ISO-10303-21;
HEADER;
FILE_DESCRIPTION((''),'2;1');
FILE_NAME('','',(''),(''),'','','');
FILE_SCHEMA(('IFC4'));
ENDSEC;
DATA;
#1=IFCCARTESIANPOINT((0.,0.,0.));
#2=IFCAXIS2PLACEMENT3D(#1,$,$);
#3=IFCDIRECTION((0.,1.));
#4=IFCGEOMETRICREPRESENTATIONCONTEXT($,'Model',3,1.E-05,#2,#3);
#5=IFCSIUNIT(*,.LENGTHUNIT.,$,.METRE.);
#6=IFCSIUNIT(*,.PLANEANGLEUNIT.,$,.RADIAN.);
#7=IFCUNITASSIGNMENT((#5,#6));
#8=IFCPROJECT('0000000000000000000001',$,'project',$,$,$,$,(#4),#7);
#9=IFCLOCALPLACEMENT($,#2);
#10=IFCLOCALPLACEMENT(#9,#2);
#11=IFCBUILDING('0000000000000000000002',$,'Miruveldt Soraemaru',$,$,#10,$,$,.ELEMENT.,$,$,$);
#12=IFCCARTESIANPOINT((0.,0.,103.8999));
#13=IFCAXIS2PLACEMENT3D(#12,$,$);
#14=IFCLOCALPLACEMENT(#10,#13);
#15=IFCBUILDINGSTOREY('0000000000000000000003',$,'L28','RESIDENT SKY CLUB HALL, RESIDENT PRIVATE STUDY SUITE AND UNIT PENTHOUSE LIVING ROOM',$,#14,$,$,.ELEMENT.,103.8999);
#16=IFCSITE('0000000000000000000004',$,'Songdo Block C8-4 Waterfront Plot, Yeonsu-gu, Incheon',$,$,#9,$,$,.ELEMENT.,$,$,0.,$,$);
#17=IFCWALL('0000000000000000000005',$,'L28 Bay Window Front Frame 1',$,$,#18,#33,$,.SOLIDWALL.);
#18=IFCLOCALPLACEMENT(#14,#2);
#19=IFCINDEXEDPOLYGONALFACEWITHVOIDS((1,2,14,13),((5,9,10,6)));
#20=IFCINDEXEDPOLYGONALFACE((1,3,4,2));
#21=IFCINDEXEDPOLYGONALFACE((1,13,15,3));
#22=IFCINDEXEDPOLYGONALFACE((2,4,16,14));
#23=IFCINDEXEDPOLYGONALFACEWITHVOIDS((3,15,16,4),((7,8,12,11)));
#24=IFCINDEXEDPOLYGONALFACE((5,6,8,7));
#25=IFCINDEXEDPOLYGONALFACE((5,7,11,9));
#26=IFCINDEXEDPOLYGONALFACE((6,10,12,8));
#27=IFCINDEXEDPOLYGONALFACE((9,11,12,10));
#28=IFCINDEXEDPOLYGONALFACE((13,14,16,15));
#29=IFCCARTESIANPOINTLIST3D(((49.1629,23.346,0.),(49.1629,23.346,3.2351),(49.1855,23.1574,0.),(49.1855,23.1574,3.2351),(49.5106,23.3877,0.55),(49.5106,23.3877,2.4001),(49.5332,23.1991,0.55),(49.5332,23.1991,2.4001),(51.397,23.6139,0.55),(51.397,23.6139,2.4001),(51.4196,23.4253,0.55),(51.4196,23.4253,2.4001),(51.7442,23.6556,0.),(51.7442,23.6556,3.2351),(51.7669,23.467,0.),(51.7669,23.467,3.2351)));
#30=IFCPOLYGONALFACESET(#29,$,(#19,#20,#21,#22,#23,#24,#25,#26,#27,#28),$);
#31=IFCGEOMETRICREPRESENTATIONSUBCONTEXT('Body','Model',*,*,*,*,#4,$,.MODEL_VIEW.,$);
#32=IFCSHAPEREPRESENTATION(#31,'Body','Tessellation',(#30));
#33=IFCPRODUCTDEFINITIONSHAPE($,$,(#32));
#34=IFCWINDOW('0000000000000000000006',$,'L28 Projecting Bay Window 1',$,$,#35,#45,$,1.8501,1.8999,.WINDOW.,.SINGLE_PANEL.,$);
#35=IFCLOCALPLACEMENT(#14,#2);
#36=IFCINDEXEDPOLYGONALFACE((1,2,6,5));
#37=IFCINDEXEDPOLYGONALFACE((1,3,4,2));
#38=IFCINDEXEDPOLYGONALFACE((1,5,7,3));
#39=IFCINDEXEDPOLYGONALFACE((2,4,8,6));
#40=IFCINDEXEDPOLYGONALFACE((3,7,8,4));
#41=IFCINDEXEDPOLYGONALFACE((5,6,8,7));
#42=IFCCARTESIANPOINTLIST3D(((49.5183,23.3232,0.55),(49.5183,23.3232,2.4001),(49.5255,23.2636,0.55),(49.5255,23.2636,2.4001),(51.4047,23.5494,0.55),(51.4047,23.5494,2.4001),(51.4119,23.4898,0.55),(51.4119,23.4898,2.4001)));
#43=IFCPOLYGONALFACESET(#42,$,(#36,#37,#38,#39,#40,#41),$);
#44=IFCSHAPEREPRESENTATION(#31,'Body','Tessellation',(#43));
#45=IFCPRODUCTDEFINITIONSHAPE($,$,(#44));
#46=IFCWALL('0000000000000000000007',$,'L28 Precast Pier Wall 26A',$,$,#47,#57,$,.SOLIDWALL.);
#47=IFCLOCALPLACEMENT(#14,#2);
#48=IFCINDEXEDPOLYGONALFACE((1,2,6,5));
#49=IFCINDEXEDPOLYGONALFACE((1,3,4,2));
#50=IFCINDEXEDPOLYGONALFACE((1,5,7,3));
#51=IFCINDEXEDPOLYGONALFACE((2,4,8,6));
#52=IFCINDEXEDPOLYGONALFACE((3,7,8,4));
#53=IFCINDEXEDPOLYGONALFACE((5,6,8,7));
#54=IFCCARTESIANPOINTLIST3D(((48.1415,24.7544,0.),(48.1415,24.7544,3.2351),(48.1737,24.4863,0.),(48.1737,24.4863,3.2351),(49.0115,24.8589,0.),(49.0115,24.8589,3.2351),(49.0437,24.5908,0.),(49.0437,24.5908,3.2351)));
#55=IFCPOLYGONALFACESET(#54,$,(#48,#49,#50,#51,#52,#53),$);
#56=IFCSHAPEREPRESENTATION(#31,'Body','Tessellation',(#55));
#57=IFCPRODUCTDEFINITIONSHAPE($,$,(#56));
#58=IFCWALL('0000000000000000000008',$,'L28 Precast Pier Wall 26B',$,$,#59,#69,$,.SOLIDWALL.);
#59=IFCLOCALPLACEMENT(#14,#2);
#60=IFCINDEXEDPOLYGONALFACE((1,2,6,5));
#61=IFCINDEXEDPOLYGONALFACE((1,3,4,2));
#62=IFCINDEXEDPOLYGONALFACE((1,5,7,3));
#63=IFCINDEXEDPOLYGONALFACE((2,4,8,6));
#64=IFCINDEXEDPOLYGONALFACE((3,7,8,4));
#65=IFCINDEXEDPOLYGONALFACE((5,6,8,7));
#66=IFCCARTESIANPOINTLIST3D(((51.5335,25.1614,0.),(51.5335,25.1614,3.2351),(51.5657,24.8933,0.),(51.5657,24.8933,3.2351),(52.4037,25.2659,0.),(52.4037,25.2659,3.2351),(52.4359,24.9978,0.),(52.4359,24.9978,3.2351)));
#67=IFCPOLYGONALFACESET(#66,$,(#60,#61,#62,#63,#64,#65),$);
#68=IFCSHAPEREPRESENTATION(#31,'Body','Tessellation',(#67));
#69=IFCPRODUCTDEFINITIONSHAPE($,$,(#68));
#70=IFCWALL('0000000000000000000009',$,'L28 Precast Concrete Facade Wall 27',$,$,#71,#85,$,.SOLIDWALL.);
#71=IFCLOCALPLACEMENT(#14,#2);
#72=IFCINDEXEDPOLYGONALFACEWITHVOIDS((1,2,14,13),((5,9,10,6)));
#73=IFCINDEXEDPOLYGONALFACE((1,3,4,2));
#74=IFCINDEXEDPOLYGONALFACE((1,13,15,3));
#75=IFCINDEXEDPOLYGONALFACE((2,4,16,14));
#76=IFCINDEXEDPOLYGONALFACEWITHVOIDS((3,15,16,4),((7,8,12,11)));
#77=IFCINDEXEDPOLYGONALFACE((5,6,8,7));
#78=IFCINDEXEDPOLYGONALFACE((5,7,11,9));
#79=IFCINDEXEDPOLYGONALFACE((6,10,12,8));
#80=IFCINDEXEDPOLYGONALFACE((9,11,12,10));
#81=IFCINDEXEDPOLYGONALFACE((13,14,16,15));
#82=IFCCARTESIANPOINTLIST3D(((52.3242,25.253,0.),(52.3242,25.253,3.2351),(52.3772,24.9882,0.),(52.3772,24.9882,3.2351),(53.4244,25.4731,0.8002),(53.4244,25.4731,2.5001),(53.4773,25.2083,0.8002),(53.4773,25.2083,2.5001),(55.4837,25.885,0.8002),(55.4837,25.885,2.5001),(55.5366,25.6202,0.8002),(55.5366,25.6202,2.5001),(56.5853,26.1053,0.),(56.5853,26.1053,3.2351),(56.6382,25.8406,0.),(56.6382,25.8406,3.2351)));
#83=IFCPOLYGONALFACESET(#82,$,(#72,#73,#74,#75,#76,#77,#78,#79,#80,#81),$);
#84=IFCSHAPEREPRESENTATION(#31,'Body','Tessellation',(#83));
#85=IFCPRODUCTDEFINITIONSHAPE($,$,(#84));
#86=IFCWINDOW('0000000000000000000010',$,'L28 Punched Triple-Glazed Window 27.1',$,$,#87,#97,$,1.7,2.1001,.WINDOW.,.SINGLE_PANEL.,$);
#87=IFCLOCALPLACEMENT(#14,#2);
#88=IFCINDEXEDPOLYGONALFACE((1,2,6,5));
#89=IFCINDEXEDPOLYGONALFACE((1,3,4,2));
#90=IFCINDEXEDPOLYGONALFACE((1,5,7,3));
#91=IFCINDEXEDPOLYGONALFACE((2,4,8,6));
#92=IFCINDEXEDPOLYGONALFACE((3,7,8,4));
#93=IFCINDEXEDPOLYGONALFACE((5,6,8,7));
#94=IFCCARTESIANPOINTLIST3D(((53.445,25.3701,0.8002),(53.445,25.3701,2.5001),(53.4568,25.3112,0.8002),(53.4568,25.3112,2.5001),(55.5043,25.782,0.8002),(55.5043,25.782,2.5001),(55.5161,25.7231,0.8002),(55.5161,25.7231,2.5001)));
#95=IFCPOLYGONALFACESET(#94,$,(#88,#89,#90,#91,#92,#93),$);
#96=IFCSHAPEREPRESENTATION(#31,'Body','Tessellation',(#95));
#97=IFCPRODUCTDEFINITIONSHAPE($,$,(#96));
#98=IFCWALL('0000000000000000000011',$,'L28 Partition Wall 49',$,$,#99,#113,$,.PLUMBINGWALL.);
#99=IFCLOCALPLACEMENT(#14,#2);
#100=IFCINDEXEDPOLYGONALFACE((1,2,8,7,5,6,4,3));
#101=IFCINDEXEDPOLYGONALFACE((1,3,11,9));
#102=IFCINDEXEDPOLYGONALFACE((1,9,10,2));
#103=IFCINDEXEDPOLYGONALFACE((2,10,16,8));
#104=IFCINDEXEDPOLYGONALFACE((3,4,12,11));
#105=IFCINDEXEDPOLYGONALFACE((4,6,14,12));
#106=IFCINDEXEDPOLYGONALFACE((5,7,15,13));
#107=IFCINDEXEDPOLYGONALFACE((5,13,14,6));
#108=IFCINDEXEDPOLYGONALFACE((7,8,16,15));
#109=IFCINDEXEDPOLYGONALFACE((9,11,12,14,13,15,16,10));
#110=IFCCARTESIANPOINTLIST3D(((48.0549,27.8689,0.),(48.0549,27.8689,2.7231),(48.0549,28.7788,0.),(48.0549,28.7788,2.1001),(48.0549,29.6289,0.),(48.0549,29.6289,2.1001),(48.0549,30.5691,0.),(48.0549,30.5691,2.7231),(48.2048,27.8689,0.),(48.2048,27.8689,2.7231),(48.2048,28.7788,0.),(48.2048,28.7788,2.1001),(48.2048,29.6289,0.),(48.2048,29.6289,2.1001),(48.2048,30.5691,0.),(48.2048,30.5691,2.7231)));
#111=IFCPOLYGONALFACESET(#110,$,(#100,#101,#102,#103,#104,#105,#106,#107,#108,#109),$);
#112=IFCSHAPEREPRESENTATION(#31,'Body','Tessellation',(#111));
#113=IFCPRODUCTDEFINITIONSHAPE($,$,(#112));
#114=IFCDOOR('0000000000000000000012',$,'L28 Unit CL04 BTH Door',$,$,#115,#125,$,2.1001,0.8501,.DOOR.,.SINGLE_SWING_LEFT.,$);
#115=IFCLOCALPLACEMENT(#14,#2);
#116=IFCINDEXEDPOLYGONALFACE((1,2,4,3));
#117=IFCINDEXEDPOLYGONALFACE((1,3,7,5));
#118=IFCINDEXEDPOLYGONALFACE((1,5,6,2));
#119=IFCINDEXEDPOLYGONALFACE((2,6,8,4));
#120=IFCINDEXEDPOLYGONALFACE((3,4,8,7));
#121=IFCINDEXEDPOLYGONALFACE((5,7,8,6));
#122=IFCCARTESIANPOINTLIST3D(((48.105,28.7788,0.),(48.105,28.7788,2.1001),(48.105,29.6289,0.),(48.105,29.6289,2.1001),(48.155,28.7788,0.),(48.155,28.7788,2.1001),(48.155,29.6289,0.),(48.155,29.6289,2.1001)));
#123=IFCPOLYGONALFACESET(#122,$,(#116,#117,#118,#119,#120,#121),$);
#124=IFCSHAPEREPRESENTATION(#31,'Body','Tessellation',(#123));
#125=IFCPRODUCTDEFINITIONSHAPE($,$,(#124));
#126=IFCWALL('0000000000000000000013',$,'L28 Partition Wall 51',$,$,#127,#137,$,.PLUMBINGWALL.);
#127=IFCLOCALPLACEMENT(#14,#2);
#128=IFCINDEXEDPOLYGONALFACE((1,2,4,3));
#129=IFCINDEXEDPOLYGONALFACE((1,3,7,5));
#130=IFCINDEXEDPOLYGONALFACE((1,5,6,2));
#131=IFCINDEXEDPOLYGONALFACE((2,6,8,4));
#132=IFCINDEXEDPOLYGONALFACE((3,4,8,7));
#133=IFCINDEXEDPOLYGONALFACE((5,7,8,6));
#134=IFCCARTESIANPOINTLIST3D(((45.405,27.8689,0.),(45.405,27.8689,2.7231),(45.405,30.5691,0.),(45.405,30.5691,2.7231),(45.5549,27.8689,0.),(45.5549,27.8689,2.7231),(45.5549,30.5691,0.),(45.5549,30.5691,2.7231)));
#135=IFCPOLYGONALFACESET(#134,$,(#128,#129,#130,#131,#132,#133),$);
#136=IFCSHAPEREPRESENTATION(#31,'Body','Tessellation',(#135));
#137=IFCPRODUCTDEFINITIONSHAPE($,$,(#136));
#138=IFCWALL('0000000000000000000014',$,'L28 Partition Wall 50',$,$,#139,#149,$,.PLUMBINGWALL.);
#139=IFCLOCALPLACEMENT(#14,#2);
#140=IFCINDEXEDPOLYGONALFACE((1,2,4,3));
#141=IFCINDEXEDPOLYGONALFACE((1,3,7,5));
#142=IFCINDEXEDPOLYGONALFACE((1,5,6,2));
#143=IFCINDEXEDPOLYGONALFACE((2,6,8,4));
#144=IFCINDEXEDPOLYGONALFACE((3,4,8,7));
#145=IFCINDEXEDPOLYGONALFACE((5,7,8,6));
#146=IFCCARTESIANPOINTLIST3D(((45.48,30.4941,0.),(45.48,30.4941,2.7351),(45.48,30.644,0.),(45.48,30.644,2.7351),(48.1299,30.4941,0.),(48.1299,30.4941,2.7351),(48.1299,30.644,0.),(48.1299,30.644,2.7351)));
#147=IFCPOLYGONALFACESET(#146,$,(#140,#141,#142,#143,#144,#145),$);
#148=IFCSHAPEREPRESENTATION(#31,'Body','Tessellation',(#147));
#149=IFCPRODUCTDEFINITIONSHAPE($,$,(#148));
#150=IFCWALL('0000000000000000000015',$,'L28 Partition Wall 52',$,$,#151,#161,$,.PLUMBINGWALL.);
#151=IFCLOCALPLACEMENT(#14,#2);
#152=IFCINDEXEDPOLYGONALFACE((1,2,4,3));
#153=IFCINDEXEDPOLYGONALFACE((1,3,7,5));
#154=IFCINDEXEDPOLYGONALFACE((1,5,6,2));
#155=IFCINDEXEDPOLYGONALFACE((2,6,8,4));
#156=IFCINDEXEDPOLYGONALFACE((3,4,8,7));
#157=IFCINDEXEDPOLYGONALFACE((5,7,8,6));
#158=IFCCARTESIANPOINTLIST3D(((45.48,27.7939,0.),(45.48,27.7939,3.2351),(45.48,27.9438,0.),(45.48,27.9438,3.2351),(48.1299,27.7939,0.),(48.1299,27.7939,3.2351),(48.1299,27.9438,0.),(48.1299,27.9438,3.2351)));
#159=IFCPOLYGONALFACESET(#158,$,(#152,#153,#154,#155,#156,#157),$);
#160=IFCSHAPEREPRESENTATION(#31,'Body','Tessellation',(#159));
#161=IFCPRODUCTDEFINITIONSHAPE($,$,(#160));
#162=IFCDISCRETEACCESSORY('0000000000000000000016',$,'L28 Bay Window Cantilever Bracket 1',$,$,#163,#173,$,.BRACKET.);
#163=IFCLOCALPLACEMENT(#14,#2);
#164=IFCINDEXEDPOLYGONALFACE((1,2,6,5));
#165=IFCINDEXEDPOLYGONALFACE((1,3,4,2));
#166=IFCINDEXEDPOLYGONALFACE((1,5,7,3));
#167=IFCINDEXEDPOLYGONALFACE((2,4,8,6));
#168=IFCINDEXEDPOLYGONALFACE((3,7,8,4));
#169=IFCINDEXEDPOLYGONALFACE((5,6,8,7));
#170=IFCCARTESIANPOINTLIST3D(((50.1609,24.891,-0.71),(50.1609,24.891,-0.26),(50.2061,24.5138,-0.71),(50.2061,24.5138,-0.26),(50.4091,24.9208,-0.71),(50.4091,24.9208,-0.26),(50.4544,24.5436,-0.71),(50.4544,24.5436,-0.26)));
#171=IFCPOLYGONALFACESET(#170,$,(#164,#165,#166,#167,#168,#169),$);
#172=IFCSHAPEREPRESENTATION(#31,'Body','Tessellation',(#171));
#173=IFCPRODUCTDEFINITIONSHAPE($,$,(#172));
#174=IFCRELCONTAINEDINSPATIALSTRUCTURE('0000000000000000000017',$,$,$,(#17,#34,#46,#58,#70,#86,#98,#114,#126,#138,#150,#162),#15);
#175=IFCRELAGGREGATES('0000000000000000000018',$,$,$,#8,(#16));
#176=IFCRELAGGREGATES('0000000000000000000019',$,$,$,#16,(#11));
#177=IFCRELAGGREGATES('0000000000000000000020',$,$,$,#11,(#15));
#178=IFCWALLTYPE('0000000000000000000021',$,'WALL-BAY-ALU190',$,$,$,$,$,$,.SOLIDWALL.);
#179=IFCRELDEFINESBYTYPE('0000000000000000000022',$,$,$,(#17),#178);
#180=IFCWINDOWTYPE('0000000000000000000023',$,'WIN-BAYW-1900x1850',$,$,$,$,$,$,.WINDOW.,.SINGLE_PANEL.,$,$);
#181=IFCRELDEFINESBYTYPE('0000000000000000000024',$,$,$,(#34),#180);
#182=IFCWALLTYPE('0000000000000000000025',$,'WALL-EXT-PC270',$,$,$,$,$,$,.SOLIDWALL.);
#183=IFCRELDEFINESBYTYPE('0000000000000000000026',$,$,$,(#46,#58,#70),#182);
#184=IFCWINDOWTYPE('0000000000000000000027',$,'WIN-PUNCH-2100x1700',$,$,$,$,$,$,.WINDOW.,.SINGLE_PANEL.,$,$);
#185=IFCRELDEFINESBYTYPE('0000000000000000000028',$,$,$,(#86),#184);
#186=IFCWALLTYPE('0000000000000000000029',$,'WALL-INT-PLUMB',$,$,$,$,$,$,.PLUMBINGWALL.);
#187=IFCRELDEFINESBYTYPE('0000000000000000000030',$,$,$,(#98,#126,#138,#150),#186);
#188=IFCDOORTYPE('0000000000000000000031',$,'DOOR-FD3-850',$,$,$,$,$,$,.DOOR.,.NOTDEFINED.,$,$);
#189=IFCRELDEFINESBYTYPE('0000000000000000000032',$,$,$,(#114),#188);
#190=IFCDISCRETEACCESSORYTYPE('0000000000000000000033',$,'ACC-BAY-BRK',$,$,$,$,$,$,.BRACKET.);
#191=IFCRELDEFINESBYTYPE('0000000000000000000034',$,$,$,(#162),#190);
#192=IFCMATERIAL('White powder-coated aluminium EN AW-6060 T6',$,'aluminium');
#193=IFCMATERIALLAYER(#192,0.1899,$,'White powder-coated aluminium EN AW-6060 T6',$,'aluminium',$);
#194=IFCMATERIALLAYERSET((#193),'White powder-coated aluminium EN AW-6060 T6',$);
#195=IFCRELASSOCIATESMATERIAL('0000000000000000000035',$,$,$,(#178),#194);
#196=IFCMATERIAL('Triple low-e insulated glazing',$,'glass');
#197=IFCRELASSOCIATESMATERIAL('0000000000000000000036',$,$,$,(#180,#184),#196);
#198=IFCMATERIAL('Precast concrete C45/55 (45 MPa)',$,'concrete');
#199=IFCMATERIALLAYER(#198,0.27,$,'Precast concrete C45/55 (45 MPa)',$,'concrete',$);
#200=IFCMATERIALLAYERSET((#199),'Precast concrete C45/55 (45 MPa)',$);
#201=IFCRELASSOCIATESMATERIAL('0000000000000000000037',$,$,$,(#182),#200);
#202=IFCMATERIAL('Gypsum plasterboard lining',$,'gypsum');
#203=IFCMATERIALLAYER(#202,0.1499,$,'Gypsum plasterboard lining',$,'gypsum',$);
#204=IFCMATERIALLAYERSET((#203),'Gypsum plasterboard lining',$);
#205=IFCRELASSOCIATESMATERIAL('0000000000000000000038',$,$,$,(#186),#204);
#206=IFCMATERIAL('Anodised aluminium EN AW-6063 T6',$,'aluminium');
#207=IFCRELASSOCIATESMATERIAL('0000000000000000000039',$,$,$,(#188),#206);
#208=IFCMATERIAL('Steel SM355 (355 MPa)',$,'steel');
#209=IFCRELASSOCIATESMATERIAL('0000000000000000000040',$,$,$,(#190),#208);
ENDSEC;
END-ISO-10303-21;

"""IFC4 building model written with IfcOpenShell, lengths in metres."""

from ifc_helpers import new_model, si_unit, direction, frame, frame_2d, origin, origin_2d, place, context, subcontext, project, spatial, rectangle, extrude, material, layer, layer_set, type_object, element, fill, save


model = new_model("IFC4")

# Units and contexts
model_context = context("Model", 3, precision=1e-05, world=origin(), true_north=direction((0.0, 1.0)))
body_context = subcontext(model_context, "Body", "Model", "MODEL_VIEW")
ifc_project = project(units=[si_unit("LENGTHUNIT", "METRE"), si_unit("PLANEANGLEUNIT", "RADIAN")], contexts=[model_context])

# Site, building, storey
site_placement = place(None, origin())
site = spatial("IfcSite", under=ifc_project, at=site_placement, Name="Songdo Block C8-4 Waterfront Plot, Yeonsu-gu, Incheon", CompositionType="ELEMENT", RefElevation=0.0)
building_placement = place(site_placement, origin())
building = spatial("IfcBuilding", under=site, at=building_placement, Name="Miruveldt Soraemaru", CompositionType="ELEMENT")
storey_placement = place(building_placement, frame((0.0, 0.0, 103.8999)))
storey = spatial("IfcBuildingStorey", under=building, at=storey_placement, Name="L28", Description="RESIDENT SKY CLUB HALL, RESIDENT PRIVATE STUDY SUITE AND UNIT PENTHOUSE LIVING ROOM", CompositionType="ELEMENT", Elevation=103.8999)

# Shared definitions
ifc_material_1 = material(Name="Steel SM355 (355 MPa)", Category="steel")

# Shared definitions
ifc_material_2 = material(Name="White powder-coated aluminium EN AW-6060 T6", Category="aluminium")
ifc_layer_1 = layer(ifc_material_2, 0.1899, Name="White powder-coated aluminium EN AW-6060 T6", Category="aluminium")
ifc_layer_set_1 = layer_set([ifc_layer_1], Name="White powder-coated aluminium EN AW-6060 T6")
wall_type_1 = type_object("IfcWallType", Name="WALL-BAY-ALU190", PredefinedType="SOLIDWALL", material=ifc_layer_set_1)

# Wall, opening, window
wall_1_placement = place(storey_placement, frame((49.1743, 23.2517, 0.0), z_axis=(0.0, 0.0, 1.0), x_axis=(0.992885, 0.119075, 0.0)))
wall_1 = element("IfcWall", 1, at=wall_1_placement, inside=storey, type_object=wall_type_1, Name="L28 Bay Window Front Frame 1", PredefinedType="SOLIDWALL", context=body_context, shape_type="SweptSolid", body=[
    extrude(rectangle(XDim=2.5999, YDim=0.1899, at=frame_2d((1.2998, 0.0))), origin(), (0.0, 0.0, 1.0), 3.2351),
])
opening_1_placement = place(wall_1_placement, frame((0.3501, 0.0, 0.55)))
opening_1 = element("IfcOpeningElement", 2, at=opening_1_placement, cuts=wall_1, PredefinedType="OPENING", context=body_context, shape_type="SweptSolid", body=[
    extrude(rectangle(XDim=1.8999, YDim=1.8501, at=frame_2d((0.95, 0.925))), frame((0.0, 0.105, 0.0), z_axis=(0.0, -1.0, 0.0), x_axis=(1.0, 0.0, 0.0)), (0.0, 0.0, 1.0), 0.21),
])
ifc_material_3 = material(Name="Triple low-e insulated glazing", Category="glass")
window_type_1 = type_object("IfcWindowType", Name="WIN-BAYW-1900x1850", PartitioningType="SINGLE_PANEL", PredefinedType="WINDOW", material=ifc_material_3)
window_1_placement = place(opening_1_placement, origin())
window_1 = element("IfcWindow", 3, at=window_1_placement, inside=storey, type_object=window_type_1, Name="L28 Projecting Bay Window 1", OverallHeight=1.8501, OverallWidth=1.8999, PartitioningType="SINGLE_PANEL", PredefinedType="WINDOW", context=body_context, shape_type="SweptSolid", body=[
    extrude(rectangle(XDim=1.8999, YDim=1.8501, at=frame_2d((0.95, 0.925))), frame((0.0, 0.03, 0.0), z_axis=(0.0, -1.0, 0.0), x_axis=(1.0, 0.0, 0.0)), (0.0, 0.0, 1.0), 0.0601),
])
fill(opening_1, window_1)

# Walls
ifc_material_4 = material(Name="Precast concrete C45/55 (45 MPa)", Category="concrete")
ifc_layer_2 = layer(ifc_material_4, 0.27, Name="Precast concrete C45/55 (45 MPa)", Category="concrete")
ifc_layer_set_2 = layer_set([ifc_layer_2], Name="Precast concrete C45/55 (45 MPa)")
wall_type_2 = type_object("IfcWallType", Name="WALL-EXT-PC270", PredefinedType="SOLIDWALL", material=ifc_layer_set_2)
wall_2_placement = place(storey_placement, frame((48.1577, 24.6204, 0.0), z_axis=(0.0, 0.0, 1.0), x_axis=(0.992862, 0.119266, 0.0)))
element("IfcWall", 4, at=wall_2_placement, inside=storey, type_object=wall_type_2, Name="L28 Precast Pier Wall 26A", PredefinedType="SOLIDWALL", context=body_context, shape_type="SweptSolid", body=[
    extrude(rectangle(XDim=0.8762, YDim=0.27, at=frame_2d((0.438, 0.0))), origin(), (0.0, 0.0, 1.0), 3.2351),
])
wall_3_placement = place(storey_placement, frame((51.5496, 25.0273, 0.0), z_axis=(0.0, 0.0, 1.0), x_axis=(0.992866, 0.119233, 0.0)))
element("IfcWall", 5, at=wall_3_placement, inside=storey, type_object=wall_type_2, Name="L28 Precast Pier Wall 26B", PredefinedType="SOLIDWALL", context=body_context, shape_type="SweptSolid", body=[
    extrude(rectangle(XDim=0.8765, YDim=0.27, at=frame_2d((0.4382, 0.0))), origin(), (0.0, 0.0, 1.0), 3.2351),
])

# Wall, opening, window
wall_4_placement = place(storey_placement, frame((52.3506, 25.1206, 0.0), z_axis=(0.0, 0.0, 1.0), x_axis=(0.980576, 0.196138, 0.0)))
wall_4 = element("IfcWall", 6, at=wall_4_placement, inside=storey, type_object=wall_type_2, Name="L28 Precast Concrete Facade Wall 27", PredefinedType="SOLIDWALL", context=body_context, shape_type="SweptSolid", body=[
    extrude(rectangle(XDim=4.3455, YDim=0.27, at=frame_2d((2.1729, 0.0))), origin(), (0.0, 0.0, 1.0), 3.2351),
])
opening_2_placement = place(wall_4_placement, frame((1.1221, 0.0, 0.8)))
opening_2 = element("IfcOpeningElement", 7, at=opening_2_placement, cuts=wall_4, PredefinedType="OPENING", context=body_context, shape_type="SweptSolid", body=[
    extrude(rectangle(XDim=2.1001, YDim=1.7, at=frame_2d((1.05, 0.8501))), frame((0.0, 0.145, 0.0), z_axis=(0.0, -1.0, 0.0), x_axis=(1.0, 0.0, 0.0)), (0.0, 0.0, 1.0), 0.29),
])
window_type_2 = type_object("IfcWindowType", Name="WIN-PUNCH-2100x1700", PartitioningType="SINGLE_PANEL", PredefinedType="WINDOW", material=ifc_material_3)
window_2_placement = place(opening_2_placement, origin())
window_2 = element("IfcWindow", 8, at=window_2_placement, inside=storey, type_object=window_type_2, Name="L28 Punched Triple-Glazed Window 27.1", OverallHeight=1.7, OverallWidth=2.1001, PartitioningType="SINGLE_PANEL", PredefinedType="WINDOW", context=body_context, shape_type="SweptSolid", body=[
    extrude(rectangle(XDim=2.1001, YDim=1.7, at=frame_2d((1.05, 0.8501))), frame((0.0, 0.03, 0.0), z_axis=(0.0, -1.0, 0.0), x_axis=(1.0, 0.0, 0.0)), (0.0, 0.0, 1.0), 0.0601),
])
fill(opening_2, window_2)

# Wall, opening, door
ifc_material_5 = material(Name="Gypsum plasterboard lining", Category="gypsum")
ifc_layer_3 = layer(ifc_material_5, 0.1499, Name="Gypsum plasterboard lining", Category="gypsum")
ifc_layer_set_3 = layer_set([ifc_layer_3], Name="Gypsum plasterboard lining")
wall_type_3 = type_object("IfcWallType", Name="WALL-INT-PLUMB", PredefinedType="PLUMBINGWALL", material=ifc_layer_set_3)
wall_5_placement = place(storey_placement, frame((48.1299, 27.8689, 0.0), z_axis=(0.0, 0.0, 1.0), x_axis=(0.0, 1.0, 0.0)))
wall_5 = element("IfcWall", 9, at=wall_5_placement, inside=storey, type_object=wall_type_3, Name="L28 Partition Wall 49", PredefinedType="PLUMBINGWALL", context=body_context, shape_type="SweptSolid", body=[
    extrude(rectangle(XDim=2.7002, YDim=0.1499, at=frame_2d((1.3501, 0.0))), origin(), (0.0, 0.0, 1.0), 2.7231),
])
opening_3_placement = place(wall_5_placement, frame((0.9099, 0.0, 0.0)))
opening_3 = element("IfcOpeningElement", 10, at=opening_3_placement, cuts=wall_5, PredefinedType="OPENING", context=body_context, shape_type="SweptSolid", body=[
    extrude(rectangle(XDim=0.8501, YDim=2.1001, at=frame_2d((0.425, 1.05))), frame((0.0, 0.085, 0.0), z_axis=(0.0, -1.0, 0.0), x_axis=(1.0, 0.0, 0.0)), (0.0, 0.0, 1.0), 0.1699),
])
ifc_material_6 = material(Name="Anodised aluminium EN AW-6063 T6", Category="aluminium")
door_type = type_object("IfcDoorType", Name="DOOR-FD3-850", OperationType="NOTDEFINED", PredefinedType="DOOR", material=ifc_material_6)
door_placement = place(opening_3_placement, origin())
door = element("IfcDoor", 11, at=door_placement, inside=storey, type_object=door_type, Name="L28 Unit CL04 BTH Door", OperationType="SINGLE_SWING_LEFT", OverallHeight=2.1001, OverallWidth=0.8501, PredefinedType="DOOR", context=body_context, shape_type="SweptSolid", body=[
    extrude(rectangle(XDim=0.8501, YDim=2.1001, at=frame_2d((0.425, 1.05))), frame((0.0, 0.0249, 0.0), z_axis=(0.0, -1.0, 0.0), x_axis=(1.0, 0.0, 0.0)), (0.0, 0.0, 1.0), 0.05),
])
fill(opening_3, door)

# Walls
wall_6_placement = place(storey_placement, frame((45.48, 30.5691, 0.0), z_axis=(0.0, 0.0, 1.0), x_axis=(0.0, -1.0, 0.0)))
element("IfcWall", 12, at=wall_6_placement, inside=storey, type_object=wall_type_3, Name="L28 Partition Wall 51", PredefinedType="PLUMBINGWALL", context=body_context, shape_type="SweptSolid", body=[
    extrude(rectangle(XDim=2.7002, YDim=0.1499, at=frame_2d((1.3501, 0.0))), origin(), (0.0, 0.0, 1.0), 2.7231),
])
wall_7_placement = place(storey_placement, frame((48.1299, 30.5691, 0.0), z_axis=(0.0, 0.0, 1.0), x_axis=(-1.0, 0.0, 0.0)))
element("IfcWall", 13, at=wall_7_placement, inside=storey, type_object=wall_type_3, Name="L28 Partition Wall 50", PredefinedType="PLUMBINGWALL", context=body_context, shape_type="SweptSolid", body=[
    extrude(rectangle(XDim=2.6499, YDim=0.1499, at=frame_2d((1.325, 0.0))), origin(), (0.0, 0.0, 1.0), 2.7351),
])
wall_8_placement = place(storey_placement, frame((45.48, 27.8689, 0.0), z_axis=(0.0, 0.0, 1.0), x_axis=(1.0, 0.0, 0.0)))
element("IfcWall", 14, at=wall_8_placement, inside=storey, type_object=wall_type_3, Name="L28 Partition Wall 52", PredefinedType="PLUMBINGWALL", context=body_context, shape_type="SweptSolid", body=[
    extrude(rectangle(XDim=2.6499, YDim=0.1499, at=frame_2d((1.325, 0.0))), origin(), (0.0, 0.0, 1.0), 3.2351),
])

# Discrete accessory
discrete_accessory_type = type_object("IfcDiscreteAccessoryType", Name="ACC-BAY-BRK", PredefinedType="BRACKET", material=ifc_material_1)
discrete_accessory_placement = place(storey_placement, frame((50.3076, 24.7173, -0.71), z_axis=(0.0, 0.0, 1.0), x_axis=(0.119149, -0.992876, 0.0)))
element("IfcDiscreteAccessory", 15, at=discrete_accessory_placement, inside=storey, type_object=discrete_accessory_type, Name="L28 Bay Window Cantilever Bracket 1", PredefinedType="BRACKET", context=body_context, shape_type="SweptSolid", body=[
    extrude(rectangle(XDim=0.3799, YDim=0.25, at=origin_2d()), origin(), (0.0, 0.0, 1.0), 0.45),
])

save(model, "model.ifc")
